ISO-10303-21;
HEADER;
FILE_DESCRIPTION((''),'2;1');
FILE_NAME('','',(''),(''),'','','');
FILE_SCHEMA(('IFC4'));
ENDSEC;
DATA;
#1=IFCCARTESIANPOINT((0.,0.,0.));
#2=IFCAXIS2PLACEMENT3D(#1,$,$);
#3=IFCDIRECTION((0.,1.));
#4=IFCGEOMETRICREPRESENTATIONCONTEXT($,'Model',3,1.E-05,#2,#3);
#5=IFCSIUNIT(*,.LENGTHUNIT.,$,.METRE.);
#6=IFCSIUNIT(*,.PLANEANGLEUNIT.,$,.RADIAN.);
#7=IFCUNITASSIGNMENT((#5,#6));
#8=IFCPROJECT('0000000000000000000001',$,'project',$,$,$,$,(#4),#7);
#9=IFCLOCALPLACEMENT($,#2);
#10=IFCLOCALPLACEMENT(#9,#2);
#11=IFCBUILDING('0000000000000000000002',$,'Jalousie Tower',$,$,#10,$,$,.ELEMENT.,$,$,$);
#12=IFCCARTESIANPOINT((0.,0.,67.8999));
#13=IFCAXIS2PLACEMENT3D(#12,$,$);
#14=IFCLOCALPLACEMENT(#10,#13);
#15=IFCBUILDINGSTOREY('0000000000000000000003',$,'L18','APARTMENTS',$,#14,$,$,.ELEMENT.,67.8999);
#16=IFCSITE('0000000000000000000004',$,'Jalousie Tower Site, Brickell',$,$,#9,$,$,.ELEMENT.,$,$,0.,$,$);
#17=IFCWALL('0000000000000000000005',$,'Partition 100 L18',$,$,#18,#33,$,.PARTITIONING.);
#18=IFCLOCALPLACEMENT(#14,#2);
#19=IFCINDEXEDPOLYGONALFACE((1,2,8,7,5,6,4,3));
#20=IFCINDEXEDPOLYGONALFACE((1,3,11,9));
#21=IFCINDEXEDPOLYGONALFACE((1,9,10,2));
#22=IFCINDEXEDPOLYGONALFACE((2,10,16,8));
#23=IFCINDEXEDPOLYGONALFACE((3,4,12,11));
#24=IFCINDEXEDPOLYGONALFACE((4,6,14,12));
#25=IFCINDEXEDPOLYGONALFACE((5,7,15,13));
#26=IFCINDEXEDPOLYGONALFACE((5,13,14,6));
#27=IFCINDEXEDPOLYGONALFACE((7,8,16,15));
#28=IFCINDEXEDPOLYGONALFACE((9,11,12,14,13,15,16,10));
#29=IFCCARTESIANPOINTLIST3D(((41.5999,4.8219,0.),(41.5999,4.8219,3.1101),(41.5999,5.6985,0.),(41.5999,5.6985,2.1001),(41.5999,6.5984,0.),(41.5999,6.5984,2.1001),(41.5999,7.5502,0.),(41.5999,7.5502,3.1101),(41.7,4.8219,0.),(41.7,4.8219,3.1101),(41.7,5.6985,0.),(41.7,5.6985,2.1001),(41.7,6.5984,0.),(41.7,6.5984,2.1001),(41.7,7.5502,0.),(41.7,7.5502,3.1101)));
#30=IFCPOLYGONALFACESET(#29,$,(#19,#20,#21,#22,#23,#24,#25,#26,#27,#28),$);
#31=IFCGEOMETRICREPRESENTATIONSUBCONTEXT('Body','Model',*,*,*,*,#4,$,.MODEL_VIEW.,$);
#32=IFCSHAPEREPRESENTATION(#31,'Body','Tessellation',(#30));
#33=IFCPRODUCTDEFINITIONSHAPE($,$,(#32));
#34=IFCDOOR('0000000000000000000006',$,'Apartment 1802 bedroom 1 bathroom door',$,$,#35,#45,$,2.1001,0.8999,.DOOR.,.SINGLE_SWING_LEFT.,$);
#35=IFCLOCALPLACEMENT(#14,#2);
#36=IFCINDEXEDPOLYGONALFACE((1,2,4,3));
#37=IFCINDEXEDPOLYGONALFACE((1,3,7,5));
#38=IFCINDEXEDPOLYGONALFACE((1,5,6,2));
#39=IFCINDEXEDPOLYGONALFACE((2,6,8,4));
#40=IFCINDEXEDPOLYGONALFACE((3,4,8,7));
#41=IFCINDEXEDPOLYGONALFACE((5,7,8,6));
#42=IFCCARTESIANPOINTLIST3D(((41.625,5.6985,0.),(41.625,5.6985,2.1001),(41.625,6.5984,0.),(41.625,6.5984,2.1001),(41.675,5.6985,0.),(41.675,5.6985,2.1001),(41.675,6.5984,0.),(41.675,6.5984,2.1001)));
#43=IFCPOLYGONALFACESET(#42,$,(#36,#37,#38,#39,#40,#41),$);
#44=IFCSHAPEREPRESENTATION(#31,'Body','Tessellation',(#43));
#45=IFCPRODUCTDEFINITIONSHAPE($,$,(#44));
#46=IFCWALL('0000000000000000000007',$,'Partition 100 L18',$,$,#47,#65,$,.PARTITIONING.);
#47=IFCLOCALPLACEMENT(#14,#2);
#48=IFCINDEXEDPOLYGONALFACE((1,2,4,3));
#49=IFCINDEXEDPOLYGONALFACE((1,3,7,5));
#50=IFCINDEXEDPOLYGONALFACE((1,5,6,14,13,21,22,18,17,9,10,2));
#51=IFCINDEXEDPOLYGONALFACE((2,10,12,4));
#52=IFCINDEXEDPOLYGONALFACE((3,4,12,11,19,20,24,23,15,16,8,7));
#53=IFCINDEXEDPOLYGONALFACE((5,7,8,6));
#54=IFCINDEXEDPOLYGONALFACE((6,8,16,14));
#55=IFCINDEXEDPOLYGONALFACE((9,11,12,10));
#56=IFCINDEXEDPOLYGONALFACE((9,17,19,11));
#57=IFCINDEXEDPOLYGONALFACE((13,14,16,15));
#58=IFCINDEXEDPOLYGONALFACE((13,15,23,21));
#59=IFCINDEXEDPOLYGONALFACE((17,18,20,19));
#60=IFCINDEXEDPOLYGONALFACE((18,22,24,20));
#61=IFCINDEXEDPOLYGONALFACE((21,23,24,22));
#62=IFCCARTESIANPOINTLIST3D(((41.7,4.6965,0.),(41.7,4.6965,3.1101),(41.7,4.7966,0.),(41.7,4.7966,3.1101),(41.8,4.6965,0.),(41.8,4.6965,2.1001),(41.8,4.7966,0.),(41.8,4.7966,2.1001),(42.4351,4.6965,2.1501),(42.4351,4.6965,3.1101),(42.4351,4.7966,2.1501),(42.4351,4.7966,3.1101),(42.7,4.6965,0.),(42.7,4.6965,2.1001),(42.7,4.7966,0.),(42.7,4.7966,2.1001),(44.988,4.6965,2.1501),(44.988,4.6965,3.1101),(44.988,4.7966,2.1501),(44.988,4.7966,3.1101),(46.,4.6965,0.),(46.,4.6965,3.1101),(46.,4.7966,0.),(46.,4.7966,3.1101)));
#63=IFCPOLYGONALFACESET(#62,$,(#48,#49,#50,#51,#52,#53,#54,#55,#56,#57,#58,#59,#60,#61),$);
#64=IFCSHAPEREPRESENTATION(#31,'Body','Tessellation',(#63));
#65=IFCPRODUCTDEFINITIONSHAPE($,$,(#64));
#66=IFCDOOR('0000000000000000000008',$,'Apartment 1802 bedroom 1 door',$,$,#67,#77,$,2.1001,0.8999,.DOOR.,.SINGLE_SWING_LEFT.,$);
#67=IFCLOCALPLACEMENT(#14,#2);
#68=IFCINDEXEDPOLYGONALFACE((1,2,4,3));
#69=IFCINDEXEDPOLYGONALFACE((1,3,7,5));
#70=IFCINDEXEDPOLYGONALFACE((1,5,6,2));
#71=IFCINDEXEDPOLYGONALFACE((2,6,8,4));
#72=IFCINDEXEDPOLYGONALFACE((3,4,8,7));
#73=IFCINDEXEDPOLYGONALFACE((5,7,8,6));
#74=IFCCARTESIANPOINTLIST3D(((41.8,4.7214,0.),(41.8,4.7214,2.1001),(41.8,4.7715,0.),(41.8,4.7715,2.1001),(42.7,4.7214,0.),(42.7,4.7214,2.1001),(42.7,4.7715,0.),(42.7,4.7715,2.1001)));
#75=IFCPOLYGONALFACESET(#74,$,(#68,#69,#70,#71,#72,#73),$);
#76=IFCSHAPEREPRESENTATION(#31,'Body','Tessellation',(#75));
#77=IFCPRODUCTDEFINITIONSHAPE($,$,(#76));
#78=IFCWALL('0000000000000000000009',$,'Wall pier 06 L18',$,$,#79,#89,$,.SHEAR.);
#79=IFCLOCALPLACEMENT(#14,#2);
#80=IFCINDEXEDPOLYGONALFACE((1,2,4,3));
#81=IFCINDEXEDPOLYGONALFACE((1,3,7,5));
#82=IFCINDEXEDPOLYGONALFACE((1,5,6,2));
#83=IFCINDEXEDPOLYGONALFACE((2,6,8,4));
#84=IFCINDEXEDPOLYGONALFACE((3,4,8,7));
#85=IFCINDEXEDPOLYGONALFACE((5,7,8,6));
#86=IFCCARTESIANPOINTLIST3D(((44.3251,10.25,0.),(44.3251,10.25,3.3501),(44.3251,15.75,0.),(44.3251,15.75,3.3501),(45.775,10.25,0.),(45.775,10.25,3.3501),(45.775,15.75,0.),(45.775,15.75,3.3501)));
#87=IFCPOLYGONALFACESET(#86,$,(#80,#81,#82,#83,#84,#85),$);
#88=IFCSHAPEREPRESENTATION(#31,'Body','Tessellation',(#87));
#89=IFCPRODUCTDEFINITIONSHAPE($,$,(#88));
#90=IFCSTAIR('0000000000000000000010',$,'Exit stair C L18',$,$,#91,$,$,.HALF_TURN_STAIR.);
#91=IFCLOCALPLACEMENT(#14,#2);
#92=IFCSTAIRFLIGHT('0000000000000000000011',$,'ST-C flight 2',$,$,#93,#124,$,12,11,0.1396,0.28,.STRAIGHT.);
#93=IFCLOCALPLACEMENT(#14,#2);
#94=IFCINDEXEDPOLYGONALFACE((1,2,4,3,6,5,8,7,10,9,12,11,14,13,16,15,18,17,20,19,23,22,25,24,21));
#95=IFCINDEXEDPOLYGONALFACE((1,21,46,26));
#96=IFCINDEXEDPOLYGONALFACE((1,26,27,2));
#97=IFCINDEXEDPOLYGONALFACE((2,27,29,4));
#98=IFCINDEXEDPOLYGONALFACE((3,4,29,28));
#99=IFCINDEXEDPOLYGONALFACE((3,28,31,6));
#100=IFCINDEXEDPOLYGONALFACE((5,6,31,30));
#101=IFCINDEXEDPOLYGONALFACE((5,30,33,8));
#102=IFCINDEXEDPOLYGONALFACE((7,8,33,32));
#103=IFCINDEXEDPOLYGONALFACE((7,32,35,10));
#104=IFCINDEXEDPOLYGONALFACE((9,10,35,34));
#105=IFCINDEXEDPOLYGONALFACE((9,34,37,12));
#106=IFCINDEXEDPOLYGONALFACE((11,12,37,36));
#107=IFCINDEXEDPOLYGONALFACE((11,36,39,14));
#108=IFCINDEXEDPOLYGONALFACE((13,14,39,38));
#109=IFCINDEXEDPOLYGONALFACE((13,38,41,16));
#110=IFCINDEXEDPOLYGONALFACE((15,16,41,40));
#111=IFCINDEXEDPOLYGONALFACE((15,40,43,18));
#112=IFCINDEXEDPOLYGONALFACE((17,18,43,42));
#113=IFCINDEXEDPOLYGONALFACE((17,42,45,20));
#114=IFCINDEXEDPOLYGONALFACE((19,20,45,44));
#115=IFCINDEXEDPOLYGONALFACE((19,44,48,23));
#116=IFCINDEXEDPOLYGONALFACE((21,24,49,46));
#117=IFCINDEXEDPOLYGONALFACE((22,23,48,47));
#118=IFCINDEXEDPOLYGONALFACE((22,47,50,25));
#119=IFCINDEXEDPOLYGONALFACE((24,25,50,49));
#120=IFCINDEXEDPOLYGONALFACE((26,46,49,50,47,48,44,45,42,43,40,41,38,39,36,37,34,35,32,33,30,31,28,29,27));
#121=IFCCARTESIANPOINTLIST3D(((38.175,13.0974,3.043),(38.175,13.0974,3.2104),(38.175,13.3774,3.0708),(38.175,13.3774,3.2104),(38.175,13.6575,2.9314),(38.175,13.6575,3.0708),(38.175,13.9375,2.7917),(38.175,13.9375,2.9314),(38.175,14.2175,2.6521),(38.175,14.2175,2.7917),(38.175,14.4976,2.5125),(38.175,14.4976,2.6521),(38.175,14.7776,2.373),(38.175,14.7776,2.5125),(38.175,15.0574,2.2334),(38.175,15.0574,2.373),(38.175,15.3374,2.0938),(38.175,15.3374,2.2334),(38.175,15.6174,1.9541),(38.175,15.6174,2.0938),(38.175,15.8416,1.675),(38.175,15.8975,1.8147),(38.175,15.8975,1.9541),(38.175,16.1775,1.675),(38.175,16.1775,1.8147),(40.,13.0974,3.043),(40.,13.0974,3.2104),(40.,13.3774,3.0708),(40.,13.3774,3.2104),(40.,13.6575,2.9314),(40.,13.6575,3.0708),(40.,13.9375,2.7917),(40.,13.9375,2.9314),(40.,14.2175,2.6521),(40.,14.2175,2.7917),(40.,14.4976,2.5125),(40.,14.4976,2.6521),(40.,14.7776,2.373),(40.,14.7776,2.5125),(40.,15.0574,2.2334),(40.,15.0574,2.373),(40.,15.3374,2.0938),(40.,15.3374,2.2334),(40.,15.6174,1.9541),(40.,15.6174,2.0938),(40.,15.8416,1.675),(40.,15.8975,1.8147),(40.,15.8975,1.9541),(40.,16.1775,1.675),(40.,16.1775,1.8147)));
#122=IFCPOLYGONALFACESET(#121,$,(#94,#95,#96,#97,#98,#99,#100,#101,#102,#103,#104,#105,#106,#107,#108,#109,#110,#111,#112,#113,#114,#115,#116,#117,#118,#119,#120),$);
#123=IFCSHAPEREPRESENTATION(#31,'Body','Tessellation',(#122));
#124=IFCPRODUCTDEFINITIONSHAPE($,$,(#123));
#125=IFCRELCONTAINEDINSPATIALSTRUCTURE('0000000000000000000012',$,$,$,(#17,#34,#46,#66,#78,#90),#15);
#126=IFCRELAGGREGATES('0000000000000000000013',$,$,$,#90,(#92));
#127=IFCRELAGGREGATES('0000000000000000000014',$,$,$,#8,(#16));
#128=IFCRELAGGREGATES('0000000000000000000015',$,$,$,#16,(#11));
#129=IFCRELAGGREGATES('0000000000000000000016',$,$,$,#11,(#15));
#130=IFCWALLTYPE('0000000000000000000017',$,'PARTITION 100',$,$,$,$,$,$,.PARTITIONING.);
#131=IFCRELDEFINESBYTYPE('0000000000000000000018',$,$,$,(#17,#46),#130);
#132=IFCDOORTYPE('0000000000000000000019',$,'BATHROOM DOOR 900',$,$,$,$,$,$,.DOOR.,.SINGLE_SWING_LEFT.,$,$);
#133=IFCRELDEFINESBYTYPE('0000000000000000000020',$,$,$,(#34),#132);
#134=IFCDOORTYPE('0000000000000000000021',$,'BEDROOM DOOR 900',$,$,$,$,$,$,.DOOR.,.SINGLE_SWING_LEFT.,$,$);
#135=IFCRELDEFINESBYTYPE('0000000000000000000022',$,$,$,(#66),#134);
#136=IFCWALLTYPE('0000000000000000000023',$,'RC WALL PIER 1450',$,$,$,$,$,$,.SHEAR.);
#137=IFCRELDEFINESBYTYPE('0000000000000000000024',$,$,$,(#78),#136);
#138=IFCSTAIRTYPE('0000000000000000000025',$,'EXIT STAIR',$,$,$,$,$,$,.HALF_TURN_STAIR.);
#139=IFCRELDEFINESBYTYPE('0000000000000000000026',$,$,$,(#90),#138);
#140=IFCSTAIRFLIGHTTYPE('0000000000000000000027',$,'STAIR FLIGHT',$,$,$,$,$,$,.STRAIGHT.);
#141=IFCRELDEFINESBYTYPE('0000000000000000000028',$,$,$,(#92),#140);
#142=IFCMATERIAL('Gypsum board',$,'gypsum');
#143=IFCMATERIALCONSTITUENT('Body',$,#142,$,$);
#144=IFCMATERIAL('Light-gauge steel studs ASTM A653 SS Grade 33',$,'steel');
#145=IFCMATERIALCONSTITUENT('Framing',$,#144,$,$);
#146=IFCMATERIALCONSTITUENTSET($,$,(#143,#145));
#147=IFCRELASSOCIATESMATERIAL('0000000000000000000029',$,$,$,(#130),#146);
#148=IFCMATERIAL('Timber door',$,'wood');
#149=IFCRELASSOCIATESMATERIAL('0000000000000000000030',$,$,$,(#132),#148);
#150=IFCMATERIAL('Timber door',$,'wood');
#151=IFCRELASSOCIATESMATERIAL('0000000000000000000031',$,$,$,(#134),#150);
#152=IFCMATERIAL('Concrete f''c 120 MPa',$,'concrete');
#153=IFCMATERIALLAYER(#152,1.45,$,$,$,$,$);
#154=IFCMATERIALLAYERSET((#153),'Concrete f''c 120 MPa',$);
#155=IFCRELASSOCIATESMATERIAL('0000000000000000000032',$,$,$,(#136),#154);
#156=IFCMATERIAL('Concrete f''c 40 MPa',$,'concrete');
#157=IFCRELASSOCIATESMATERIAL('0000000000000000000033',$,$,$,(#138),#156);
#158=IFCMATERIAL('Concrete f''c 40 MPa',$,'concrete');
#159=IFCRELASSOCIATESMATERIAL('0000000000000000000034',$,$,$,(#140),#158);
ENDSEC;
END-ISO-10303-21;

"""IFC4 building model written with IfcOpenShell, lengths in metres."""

from ifc_helpers import new_model, si_unit, direction, frame, frame_2d, origin, place, context, subcontext, project, spatial, polyline, rectangle, outline, extrude, material, layer, layer_set, constituent, constituent_set, type_object, element, fill, aggregate, save


model = new_model("IFC4")

# Units and contexts
model_context = context("Model", 3, precision=1e-05, world=origin(), true_north=direction((0.0, 1.0)))
body_context = subcontext(model_context, "Body", "Model", "MODEL_VIEW")
ifc_project = project(units=[si_unit("LENGTHUNIT", "METRE"), si_unit("PLANEANGLEUNIT", "RADIAN")], contexts=[model_context])

# Site, building, storey
site_placement = place(None, origin())
site = spatial("IfcSite", under=ifc_project, at=site_placement, Name="Jalousie Tower Site, Brickell", CompositionType="ELEMENT", RefElevation=0.0)
building_placement = place(site_placement, origin())
building = spatial("IfcBuilding", under=site, at=building_placement, Name="Jalousie Tower", CompositionType="ELEMENT")
storey_placement = place(building_placement, frame((0.0, 0.0, 67.8999)))
storey = spatial("IfcBuildingStorey", under=building, at=storey_placement, Name="L18", Description="APARTMENTS", CompositionType="ELEMENT", Elevation=67.8999)

# Walls, openings, doors
ifc_material_1 = material(Name="Gypsum board", Category="gypsum")
ifc_constituent_1 = constituent(ifc_material_1, Name="Body")
ifc_material_2 = material(Name="Light-gauge steel studs ASTM A653 SS Grade 33", Category="steel")
ifc_constituent_2 = constituent(ifc_material_2, Name="Framing")
ifc_constituent_set_1 = constituent_set(constituents=[ifc_constituent_1, ifc_constituent_2])
wall_type_1 = type_object("IfcWallType", Name="PARTITION 100", PredefinedType="PARTITIONING", material=ifc_constituent_set_1)
wall_1_placement = place(storey_placement, frame((41.6499, 4.8218, 0.0), z_axis=(0.0, 0.0, 1.0), x_axis=(0.0, 1.0, 0.0)))
wall_1 = element("IfcWall", 1, at=wall_1_placement, inside=storey, type_object=wall_type_1, Name="Partition 100 L18", PredefinedType="PARTITIONING", context=body_context, shape_type="SweptSolid", body=[
    extrude(rectangle(XDim=2.7283, YDim=0.1001, at=frame_2d((1.3643, 0.0))), origin(), (0.0, 0.0, 1.0), 3.1101),
])
opening_1_placement = place(wall_1_placement, frame((0.8767, 0.0, 0.0)))
opening_1 = element("IfcOpeningElement", 2, at=opening_1_placement, cuts=wall_1, PredefinedType="OPENING", context=body_context, shape_type="SweptSolid", body=[
    extrude(rectangle(XDim=0.8999, YDim=2.1001, at=frame_2d((0.45, 1.05))), frame((0.0, 0.0601, 0.0), z_axis=(0.0, -1.0, 0.0), x_axis=(1.0, 0.0, 0.0)), (0.0, 0.0, 1.0), 0.1201),
])
ifc_material_3 = material(Name="Timber door", Category="wood")
door_type_1 = type_object("IfcDoorType", Name="BATHROOM DOOR 900", OperationType="SINGLE_SWING_LEFT", PredefinedType="DOOR", material=ifc_material_3)
door_1_placement = place(opening_1_placement, origin())
door_1 = element("IfcDoor", 3, at=door_1_placement, inside=storey, type_object=door_type_1, Name="Apartment 1802 bedroom 1 bathroom door", OperationType="SINGLE_SWING_LEFT", OverallHeight=2.1001, OverallWidth=0.8999, PredefinedType="DOOR", context=body_context, shape_type="SweptSolid", body=[
    extrude(rectangle(XDim=0.8999, YDim=2.1001, at=frame_2d((0.45, 1.05))), frame((0.0, 0.0249, 0.0), z_axis=(0.0, -1.0, 0.0), x_axis=(1.0, 0.0, 0.0)), (0.0, 0.0, 1.0), 0.05),
])
fill(opening_1, door_1)
wall_2_placement = place(storey_placement, frame((41.7, 4.7466, 0.0), z_axis=(0.0, 0.0, 1.0), x_axis=(1.0, 0.0, 0.0)))
wall_2 = element("IfcWall", 4, at=wall_2_placement, inside=storey, type_object=wall_type_1, Name="Partition 100 L18", PredefinedType="PARTITIONING", context=body_context, shape_type="SweptSolid", body=[
    extrude(outline(polyline([(0.0, 0.0), (4.3, 0.0), (4.3, 3.1101), (3.2881, 3.1101), (3.2881, 2.1501), (0.7351, 2.1501), (0.7351, 3.1101), (0.0, 3.1101), (0.0, 0.0)])), frame((0.0, 0.05, 0.0), z_axis=(0.0, -1.0, 0.0), x_axis=(1.0, 0.0, 0.0)), (0.0, 0.0, 1.0), 0.1001),
])
opening_2_placement = place(wall_2_placement, frame((0.1001, 0.0, 0.0)))
opening_2 = element("IfcOpeningElement", 5, at=opening_2_placement, cuts=wall_2, PredefinedType="OPENING", context=body_context, shape_type="SweptSolid", body=[
    extrude(rectangle(XDim=0.8999, YDim=2.1001, at=frame_2d((0.45, 1.05))), frame((0.0, 0.0601, 0.0), z_axis=(0.0, -1.0, 0.0), x_axis=(1.0, 0.0, 0.0)), (0.0, 0.0, 1.0), 0.1201),
])
ifc_material_4 = material(Name="Timber door", Category="wood")
door_type_2 = type_object("IfcDoorType", Name="BEDROOM DOOR 900", OperationType="SINGLE_SWING_LEFT", PredefinedType="DOOR", material=ifc_material_4)
door_2_placement = place(opening_2_placement, origin())
door_2 = element("IfcDoor", 6, at=door_2_placement, inside=storey, type_object=door_type_2, Name="Apartment 1802 bedroom 1 door", OperationType="SINGLE_SWING_LEFT", OverallHeight=2.1001, OverallWidth=0.8999, PredefinedType="DOOR", context=body_context, shape_type="SweptSolid", body=[
    extrude(rectangle(XDim=0.8999, YDim=2.1001, at=frame_2d((0.45, 1.05))), frame((0.0, 0.0249, 0.0), z_axis=(0.0, -1.0, 0.0), x_axis=(1.0, 0.0, 0.0)), (0.0, 0.0, 1.0), 0.05),
])
fill(opening_2, door_2)

# Wall
ifc_material_5 = material(Name="Concrete f'c 120 MPa", Category="concrete")
ifc_layer_1 = layer(ifc_material_5, 1.45)
ifc_layer_set_1 = layer_set([ifc_layer_1], Name="Concrete f'c 120 MPa")
wall_type_2 = type_object("IfcWallType", Name="RC WALL PIER 1450", PredefinedType="SHEAR", material=ifc_layer_set_1)
wall_3_placement = place(storey_placement, frame((45.05, 10.25, 0.0), z_axis=(0.0, 0.0, 1.0), x_axis=(0.0, 1.0, 0.0)))
element("IfcWall", 7, at=wall_3_placement, inside=storey, type_object=wall_type_2, Name="Wall pier 06 L18", PredefinedType="SHEAR", context=body_context, shape_type="SweptSolid", body=[
    extrude(rectangle(XDim=5.5, YDim=1.45, at=frame_2d((2.75, 0.0))), origin(), (0.0, 0.0, 1.0), 3.3501),
])

# Stair, stair flight
ifc_material_6 = material(Name="Concrete f'c 40 MPa", Category="concrete")
stair_type = type_object("IfcStairType", Name="EXIT STAIR", PredefinedType="HALF_TURN_STAIR", material=ifc_material_6)
stair_placement = place(storey_placement, origin())
stair = element("IfcStair", 8, at=stair_placement, inside=storey, type_object=stair_type, Name="Exit stair C L18", PredefinedType="HALF_TURN_STAIR")
ifc_material_7 = material(Name="Concrete f'c 40 MPa", Category="concrete")
stair_flight_type = type_object("IfcStairFlightType", Name="STAIR FLIGHT", PredefinedType="STRAIGHT", material=ifc_material_7)
stair_flight_placement = place(storey_placement, frame((39.0874, 16.1775, 1.675), z_axis=(0.0, 0.0, 1.0), x_axis=(0.0, -1.0, 0.0)))
stair_flight = element("IfcStairFlight", 9, at=stair_flight_placement, type_object=stair_flight_type, Name="ST-C flight 2", NumberOfRisers=12, NumberOfTreads=11, PredefinedType="STRAIGHT", RiserHeight=0.1396, TreadLength=0.28, context=body_context, shape_type="SweptSolid", body=[
    extrude(outline(polyline([(0.0, 0.0), (0.0, 0.1396), (0.28, 0.1396), (0.28, 0.2791), (0.5601, 0.2791), (0.5601, 0.4187), (0.8401, 0.4187), (0.8401, 0.5583), (1.1201, 0.5583), (1.1201, 0.698), (1.3999, 0.698), (1.3999, 0.8374), (1.6799, 0.8374), (1.6799, 0.9771), (1.96, 0.9771), (1.96, 1.1167), (2.24, 1.1167), (2.24, 1.2563), (2.52, 1.2563), (2.52, 1.3958), (2.8, 1.3958), (2.8, 1.5354), (3.0801, 1.5354), (3.0801, 1.675), (3.0801, 1.3679), (0.3359, 0.0), (0.0, 0.0)])), frame((0.0, 0.9126, 0.0), z_axis=(0.0, -1.0, 0.0), x_axis=(1.0, 0.0, 0.0)), (0.0, 0.0, 1.0), 1.825),
])
aggregate(stair, [stair_flight])

save(model, "model.ifc")
